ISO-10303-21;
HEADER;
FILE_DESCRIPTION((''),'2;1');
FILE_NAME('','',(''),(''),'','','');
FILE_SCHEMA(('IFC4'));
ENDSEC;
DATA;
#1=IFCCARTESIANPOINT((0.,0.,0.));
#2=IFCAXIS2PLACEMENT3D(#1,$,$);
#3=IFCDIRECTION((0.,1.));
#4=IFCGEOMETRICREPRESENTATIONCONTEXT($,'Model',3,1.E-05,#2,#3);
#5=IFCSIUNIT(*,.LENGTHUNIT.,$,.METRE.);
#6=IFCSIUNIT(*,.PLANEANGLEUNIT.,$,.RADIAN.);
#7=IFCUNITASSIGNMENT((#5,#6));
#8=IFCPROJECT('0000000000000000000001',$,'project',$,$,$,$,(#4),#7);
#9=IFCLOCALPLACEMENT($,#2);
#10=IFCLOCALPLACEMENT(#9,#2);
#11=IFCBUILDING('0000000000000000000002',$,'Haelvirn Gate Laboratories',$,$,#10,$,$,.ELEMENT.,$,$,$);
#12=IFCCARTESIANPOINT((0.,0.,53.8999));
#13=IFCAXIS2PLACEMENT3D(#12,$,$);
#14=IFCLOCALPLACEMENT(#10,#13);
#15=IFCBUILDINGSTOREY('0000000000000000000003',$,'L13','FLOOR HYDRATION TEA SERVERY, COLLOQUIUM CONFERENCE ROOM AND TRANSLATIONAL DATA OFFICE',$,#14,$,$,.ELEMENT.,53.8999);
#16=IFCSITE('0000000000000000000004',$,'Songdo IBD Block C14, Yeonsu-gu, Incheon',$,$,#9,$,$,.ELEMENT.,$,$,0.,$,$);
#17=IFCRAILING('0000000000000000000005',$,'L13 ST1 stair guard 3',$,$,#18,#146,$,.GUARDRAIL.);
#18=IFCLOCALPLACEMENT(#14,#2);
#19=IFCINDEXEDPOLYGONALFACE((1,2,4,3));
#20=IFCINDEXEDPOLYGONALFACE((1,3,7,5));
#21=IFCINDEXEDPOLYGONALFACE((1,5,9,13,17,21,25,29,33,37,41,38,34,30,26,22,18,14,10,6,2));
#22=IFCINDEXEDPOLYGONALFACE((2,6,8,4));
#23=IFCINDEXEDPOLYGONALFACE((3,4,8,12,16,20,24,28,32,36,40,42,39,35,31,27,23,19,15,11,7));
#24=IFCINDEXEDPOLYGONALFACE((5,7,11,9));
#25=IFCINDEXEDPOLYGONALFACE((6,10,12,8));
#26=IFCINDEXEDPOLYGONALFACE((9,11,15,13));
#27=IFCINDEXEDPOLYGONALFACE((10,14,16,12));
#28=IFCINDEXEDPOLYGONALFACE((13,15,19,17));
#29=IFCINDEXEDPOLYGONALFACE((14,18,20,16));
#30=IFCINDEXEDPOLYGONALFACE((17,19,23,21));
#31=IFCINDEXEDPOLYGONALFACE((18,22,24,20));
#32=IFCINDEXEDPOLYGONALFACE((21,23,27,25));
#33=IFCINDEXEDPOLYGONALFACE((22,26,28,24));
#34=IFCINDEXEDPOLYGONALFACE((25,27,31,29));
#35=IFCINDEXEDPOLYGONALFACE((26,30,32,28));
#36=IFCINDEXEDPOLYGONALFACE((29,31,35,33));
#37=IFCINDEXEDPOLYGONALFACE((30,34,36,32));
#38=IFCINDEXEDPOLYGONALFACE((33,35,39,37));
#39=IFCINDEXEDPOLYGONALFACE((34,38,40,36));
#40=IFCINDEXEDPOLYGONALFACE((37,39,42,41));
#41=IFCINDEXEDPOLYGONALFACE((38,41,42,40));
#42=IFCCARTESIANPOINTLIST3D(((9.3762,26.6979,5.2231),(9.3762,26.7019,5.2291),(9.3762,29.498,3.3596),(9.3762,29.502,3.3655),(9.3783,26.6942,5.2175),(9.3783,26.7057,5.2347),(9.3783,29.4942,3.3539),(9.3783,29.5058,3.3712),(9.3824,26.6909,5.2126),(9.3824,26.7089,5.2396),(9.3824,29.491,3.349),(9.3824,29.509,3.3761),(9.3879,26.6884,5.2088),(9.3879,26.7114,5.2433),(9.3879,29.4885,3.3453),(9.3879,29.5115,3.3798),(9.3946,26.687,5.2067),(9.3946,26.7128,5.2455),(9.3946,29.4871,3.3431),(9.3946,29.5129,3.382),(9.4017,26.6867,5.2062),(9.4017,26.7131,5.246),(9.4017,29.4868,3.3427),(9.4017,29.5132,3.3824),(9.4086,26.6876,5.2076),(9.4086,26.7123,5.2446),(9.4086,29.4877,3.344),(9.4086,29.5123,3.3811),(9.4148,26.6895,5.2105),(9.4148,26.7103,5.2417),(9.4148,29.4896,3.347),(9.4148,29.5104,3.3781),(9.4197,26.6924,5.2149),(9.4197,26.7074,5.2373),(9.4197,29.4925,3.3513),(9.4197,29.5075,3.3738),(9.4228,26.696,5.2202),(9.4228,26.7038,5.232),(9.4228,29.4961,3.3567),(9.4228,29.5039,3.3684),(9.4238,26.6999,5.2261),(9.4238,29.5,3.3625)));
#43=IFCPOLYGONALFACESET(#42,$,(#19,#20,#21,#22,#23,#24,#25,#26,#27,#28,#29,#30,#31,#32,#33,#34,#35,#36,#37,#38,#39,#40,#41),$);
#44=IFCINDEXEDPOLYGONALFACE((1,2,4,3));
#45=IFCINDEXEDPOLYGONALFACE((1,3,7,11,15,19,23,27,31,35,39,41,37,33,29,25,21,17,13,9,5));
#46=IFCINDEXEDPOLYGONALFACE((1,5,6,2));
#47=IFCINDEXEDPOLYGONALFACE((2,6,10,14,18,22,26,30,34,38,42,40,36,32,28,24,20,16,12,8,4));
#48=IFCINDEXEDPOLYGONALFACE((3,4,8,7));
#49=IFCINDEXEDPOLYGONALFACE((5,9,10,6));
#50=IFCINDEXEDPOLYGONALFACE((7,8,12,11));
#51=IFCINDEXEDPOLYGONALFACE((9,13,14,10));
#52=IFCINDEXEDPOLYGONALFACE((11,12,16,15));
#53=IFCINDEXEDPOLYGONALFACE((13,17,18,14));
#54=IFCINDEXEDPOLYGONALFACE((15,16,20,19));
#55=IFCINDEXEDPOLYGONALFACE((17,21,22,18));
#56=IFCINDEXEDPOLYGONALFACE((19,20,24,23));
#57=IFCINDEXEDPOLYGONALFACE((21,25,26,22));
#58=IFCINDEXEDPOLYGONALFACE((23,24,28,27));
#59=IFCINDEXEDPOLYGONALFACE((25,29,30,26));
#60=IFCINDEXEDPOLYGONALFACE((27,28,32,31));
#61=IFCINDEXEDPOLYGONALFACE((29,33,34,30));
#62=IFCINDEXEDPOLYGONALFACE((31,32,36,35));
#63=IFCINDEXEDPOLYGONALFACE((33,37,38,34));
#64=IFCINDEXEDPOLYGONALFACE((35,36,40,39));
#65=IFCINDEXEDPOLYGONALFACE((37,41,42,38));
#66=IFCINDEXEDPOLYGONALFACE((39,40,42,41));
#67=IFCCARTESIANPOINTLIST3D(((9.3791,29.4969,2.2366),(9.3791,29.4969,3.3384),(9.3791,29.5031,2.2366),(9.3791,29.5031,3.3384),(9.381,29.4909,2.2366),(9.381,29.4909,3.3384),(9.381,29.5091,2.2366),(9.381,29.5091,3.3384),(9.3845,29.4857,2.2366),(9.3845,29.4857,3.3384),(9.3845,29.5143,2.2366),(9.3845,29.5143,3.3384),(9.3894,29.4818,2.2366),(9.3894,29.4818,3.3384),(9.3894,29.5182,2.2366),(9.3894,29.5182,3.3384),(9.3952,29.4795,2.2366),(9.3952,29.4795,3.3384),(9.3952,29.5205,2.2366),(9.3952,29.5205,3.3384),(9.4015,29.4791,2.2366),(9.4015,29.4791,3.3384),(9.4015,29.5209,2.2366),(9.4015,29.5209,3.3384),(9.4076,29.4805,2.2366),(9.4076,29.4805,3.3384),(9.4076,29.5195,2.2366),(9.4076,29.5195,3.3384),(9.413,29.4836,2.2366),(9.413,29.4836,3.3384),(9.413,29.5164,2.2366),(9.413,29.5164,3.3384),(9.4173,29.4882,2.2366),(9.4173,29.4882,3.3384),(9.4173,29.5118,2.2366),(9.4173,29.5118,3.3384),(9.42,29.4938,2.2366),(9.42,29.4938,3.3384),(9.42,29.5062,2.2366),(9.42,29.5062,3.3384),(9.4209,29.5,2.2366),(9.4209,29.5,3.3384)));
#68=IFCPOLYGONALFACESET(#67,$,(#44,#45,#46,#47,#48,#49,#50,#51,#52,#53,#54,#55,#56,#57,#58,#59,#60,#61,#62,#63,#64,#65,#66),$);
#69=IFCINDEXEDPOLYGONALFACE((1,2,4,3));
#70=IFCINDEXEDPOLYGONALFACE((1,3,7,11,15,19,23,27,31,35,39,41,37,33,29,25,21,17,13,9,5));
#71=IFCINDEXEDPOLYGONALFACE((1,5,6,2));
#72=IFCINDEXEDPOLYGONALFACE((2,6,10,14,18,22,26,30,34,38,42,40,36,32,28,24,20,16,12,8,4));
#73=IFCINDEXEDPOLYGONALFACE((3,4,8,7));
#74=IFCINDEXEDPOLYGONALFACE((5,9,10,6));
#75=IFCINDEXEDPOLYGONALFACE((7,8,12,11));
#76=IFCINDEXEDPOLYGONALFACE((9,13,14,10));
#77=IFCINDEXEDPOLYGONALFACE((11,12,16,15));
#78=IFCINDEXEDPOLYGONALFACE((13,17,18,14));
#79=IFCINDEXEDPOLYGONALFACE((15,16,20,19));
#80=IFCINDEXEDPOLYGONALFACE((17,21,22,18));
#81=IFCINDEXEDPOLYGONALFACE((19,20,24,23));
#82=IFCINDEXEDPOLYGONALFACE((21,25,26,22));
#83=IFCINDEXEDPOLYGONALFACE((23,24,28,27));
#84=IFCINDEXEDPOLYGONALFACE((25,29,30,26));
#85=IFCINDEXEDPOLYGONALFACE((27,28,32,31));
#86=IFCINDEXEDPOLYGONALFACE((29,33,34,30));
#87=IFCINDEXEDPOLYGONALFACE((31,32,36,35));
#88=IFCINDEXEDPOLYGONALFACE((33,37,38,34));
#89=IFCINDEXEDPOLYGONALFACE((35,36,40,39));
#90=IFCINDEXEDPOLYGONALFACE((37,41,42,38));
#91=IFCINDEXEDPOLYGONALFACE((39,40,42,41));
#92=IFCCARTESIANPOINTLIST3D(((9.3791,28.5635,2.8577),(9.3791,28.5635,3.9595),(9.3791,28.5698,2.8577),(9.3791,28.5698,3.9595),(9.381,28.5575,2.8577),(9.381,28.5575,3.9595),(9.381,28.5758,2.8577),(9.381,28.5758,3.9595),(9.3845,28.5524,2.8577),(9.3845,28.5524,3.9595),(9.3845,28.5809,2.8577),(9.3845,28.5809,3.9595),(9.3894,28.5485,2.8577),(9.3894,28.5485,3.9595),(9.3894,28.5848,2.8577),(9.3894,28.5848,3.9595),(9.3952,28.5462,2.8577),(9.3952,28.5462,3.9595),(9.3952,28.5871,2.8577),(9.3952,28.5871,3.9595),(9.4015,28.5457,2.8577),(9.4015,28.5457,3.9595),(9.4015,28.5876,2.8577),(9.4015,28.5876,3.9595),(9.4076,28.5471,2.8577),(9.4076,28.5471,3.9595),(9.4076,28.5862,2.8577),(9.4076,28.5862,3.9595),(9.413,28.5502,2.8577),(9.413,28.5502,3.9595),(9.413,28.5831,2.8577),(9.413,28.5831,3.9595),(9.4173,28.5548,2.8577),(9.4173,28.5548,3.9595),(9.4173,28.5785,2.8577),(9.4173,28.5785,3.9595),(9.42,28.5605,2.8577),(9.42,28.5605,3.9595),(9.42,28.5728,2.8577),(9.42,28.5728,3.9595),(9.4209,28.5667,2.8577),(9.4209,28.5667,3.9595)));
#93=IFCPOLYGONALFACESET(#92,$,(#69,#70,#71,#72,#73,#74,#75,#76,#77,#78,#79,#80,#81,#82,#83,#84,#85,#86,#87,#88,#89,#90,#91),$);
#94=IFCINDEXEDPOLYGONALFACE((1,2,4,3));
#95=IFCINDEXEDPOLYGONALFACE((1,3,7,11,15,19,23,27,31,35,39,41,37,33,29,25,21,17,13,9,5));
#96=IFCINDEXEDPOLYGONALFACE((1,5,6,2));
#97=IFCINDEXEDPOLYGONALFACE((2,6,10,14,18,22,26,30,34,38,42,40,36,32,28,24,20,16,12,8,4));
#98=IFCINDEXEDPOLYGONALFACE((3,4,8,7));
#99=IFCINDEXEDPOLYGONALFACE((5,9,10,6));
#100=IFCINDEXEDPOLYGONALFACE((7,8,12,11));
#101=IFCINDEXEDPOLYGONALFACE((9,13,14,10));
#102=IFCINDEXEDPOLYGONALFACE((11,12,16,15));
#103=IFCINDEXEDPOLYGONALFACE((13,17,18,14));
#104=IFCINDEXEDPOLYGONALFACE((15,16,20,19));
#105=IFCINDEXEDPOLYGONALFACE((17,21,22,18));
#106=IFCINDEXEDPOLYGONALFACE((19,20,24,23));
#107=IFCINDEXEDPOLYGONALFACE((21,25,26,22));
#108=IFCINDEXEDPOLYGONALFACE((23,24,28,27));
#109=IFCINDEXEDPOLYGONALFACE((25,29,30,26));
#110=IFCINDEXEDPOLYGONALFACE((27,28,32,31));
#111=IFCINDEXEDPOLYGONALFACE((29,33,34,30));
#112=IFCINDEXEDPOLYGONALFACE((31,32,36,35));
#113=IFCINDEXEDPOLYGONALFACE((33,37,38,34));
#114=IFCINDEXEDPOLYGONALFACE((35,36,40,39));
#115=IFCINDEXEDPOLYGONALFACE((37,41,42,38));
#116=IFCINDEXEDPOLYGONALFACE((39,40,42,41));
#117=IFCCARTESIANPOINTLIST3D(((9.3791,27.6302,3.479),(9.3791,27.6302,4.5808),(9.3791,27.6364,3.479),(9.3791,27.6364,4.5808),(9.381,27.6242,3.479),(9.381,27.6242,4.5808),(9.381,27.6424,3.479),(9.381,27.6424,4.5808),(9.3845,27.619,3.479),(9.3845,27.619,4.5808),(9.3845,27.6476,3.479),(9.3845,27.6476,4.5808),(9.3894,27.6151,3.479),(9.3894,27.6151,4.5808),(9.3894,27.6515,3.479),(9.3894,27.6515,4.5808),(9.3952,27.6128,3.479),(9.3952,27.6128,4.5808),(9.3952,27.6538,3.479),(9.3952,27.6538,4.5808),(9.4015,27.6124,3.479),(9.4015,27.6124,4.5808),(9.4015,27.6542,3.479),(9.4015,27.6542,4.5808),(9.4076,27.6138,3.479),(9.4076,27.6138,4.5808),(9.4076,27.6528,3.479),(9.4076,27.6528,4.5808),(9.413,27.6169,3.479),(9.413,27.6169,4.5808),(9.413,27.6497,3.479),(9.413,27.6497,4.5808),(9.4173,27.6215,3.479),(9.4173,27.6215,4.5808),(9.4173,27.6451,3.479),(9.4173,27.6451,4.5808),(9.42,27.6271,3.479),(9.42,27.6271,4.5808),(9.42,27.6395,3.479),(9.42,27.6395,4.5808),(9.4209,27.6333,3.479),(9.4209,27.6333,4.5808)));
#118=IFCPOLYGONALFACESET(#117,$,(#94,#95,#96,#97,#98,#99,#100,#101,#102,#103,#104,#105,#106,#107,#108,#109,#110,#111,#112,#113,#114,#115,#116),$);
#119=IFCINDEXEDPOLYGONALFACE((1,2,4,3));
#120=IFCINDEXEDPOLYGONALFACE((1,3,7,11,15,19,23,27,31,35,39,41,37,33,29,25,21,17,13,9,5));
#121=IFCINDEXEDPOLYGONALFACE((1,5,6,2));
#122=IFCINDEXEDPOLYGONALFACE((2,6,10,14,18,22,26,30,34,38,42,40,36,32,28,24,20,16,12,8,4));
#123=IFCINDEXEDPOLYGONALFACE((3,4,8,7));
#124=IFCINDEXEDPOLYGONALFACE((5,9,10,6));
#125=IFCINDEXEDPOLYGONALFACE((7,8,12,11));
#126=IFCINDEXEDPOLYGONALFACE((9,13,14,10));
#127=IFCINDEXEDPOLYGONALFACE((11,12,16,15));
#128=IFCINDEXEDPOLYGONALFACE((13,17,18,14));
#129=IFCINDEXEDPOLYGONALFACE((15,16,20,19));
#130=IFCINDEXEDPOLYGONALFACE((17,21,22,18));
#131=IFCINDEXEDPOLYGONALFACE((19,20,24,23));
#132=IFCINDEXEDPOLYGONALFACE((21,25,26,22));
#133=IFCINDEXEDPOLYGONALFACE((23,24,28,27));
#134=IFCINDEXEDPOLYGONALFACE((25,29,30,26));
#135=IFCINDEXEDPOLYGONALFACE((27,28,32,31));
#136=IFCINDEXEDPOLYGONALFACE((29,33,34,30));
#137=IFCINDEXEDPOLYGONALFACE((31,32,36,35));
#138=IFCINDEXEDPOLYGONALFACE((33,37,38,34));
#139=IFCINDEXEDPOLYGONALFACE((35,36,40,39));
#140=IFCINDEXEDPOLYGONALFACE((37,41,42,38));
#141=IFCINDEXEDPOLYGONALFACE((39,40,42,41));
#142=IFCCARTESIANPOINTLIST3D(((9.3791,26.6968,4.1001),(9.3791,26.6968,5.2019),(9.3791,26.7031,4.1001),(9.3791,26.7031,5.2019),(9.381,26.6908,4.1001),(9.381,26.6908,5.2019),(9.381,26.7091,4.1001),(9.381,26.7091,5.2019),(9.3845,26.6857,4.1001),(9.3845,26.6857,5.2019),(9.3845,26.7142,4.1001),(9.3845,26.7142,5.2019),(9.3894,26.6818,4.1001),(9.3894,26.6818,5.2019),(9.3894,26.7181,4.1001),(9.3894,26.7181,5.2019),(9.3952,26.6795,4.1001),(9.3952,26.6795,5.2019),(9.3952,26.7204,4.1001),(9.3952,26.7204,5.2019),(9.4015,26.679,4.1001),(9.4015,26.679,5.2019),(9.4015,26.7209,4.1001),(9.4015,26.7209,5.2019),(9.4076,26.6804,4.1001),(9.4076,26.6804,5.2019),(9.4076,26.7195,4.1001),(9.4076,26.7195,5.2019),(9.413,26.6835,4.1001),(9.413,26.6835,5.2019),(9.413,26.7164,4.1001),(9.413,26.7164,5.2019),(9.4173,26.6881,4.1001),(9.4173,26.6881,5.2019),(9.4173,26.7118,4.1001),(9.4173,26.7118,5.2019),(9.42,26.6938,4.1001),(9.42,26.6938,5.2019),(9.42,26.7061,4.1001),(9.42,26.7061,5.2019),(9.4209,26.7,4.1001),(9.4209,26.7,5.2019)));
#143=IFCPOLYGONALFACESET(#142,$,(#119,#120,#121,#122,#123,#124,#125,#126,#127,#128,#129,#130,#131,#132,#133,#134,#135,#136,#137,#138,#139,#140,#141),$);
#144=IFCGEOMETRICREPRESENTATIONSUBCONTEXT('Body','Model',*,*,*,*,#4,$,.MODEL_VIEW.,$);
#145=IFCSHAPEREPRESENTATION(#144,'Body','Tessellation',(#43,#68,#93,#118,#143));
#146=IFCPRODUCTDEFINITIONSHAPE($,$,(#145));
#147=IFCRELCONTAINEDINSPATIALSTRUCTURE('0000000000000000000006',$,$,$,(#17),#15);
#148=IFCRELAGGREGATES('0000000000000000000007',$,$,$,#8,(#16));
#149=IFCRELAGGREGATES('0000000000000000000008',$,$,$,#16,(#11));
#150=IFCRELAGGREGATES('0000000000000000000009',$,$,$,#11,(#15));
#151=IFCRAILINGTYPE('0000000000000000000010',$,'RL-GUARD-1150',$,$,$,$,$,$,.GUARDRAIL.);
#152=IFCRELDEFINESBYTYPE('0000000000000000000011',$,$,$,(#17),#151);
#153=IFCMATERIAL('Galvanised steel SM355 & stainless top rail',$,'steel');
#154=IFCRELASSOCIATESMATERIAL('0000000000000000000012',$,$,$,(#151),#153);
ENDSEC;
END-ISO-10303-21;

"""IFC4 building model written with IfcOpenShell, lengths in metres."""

from ifc_helpers import new_model, si_unit, direction, frame, origin, origin_2d, place, context, subcontext, project, spatial, circle, extrude, source, transform, mapped, material, type_object, element, save


model = new_model("IFC4")

# Units and contexts
model_context = context("Model", 3, precision=1e-05, world=origin(), true_north=direction((0.0, 1.0)))
body_context = subcontext(model_context, "Body", "Model", "MODEL_VIEW")
ifc_project = project(units=[si_unit("LENGTHUNIT", "METRE"), si_unit("PLANEANGLEUNIT", "RADIAN")], contexts=[model_context])

# Site, building, storey
site_placement = place(None, origin())
site = spatial("IfcSite", under=ifc_project, at=site_placement, Name="Songdo IBD Block C14, Yeonsu-gu, Incheon", CompositionType="ELEMENT", RefElevation=0.0)
building_placement = place(site_placement, origin())
building = spatial("IfcBuilding", under=site, at=building_placement, Name="Haelvirn Gate Laboratories", CompositionType="ELEMENT")
storey_placement = place(building_placement, frame((0.0, 0.0, 53.8999)))
storey = spatial("IfcBuildingStorey", under=building, at=storey_placement, Name="L13", Description="FLOOR HYDRATION TEA SERVERY, COLLOQUIUM CONFERENCE ROOM AND TRANSLATIONAL DATA OFFICE", CompositionType="ELEMENT", Elevation=53.8999)

# Railing
ifc_material_1 = material(Name="Galvanised steel SM355 & stainless top rail", Category="steel")
railing_type_1 = type_object("IfcRailingType", Name="RL-GUARD-1150", PredefinedType="GUARDRAIL", material=ifc_material_1)
shared_shape_1 = source(origin(), body_context, "Body", "SweptSolid", [
    extrude(circle(Radius=0.0239, at=origin_2d()), frame((0.0, 0.0, 1.126), z_axis=(0.0, -0.832486, 0.554047), x_axis=(1.0, 0.0, 0.0)), (0.0, 0.0, 1.0), 3.3635),
    extrude(circle(Radius=0.021, at=origin_2d()), origin(), (0.0, 0.0, 1.0), 1.1018),
    extrude(circle(Radius=0.021, at=origin_2d()), frame((0.0, -0.9333, 0.6211)), (0.0, 0.0, 1.0), 1.1018),
    extrude(circle(Radius=0.021, at=origin_2d()), frame((0.0, -1.8667, 1.2424)), (0.0, 0.0, 1.0), 1.1018),
    extrude(circle(Radius=0.021, at=origin_2d()), frame((0.0, -2.8, 1.8635)), (0.0, 0.0, 1.0), 1.1018),
])
railing_1_placement = place(storey_placement, frame((9.3999, 29.5, 2.2366)))
element("IfcRailing", 1, at=railing_1_placement, inside=storey, type_object=railing_type_1, Name="L13 ST1 stair guard 3", PredefinedType="GUARDRAIL", context=body_context, shape_type="MappedRepresentation", body=[
    mapped(shared_shape_1, transform((0.0, 0.0, 0.0), scale=1.0)),
])

save(model, "model.ifc")
